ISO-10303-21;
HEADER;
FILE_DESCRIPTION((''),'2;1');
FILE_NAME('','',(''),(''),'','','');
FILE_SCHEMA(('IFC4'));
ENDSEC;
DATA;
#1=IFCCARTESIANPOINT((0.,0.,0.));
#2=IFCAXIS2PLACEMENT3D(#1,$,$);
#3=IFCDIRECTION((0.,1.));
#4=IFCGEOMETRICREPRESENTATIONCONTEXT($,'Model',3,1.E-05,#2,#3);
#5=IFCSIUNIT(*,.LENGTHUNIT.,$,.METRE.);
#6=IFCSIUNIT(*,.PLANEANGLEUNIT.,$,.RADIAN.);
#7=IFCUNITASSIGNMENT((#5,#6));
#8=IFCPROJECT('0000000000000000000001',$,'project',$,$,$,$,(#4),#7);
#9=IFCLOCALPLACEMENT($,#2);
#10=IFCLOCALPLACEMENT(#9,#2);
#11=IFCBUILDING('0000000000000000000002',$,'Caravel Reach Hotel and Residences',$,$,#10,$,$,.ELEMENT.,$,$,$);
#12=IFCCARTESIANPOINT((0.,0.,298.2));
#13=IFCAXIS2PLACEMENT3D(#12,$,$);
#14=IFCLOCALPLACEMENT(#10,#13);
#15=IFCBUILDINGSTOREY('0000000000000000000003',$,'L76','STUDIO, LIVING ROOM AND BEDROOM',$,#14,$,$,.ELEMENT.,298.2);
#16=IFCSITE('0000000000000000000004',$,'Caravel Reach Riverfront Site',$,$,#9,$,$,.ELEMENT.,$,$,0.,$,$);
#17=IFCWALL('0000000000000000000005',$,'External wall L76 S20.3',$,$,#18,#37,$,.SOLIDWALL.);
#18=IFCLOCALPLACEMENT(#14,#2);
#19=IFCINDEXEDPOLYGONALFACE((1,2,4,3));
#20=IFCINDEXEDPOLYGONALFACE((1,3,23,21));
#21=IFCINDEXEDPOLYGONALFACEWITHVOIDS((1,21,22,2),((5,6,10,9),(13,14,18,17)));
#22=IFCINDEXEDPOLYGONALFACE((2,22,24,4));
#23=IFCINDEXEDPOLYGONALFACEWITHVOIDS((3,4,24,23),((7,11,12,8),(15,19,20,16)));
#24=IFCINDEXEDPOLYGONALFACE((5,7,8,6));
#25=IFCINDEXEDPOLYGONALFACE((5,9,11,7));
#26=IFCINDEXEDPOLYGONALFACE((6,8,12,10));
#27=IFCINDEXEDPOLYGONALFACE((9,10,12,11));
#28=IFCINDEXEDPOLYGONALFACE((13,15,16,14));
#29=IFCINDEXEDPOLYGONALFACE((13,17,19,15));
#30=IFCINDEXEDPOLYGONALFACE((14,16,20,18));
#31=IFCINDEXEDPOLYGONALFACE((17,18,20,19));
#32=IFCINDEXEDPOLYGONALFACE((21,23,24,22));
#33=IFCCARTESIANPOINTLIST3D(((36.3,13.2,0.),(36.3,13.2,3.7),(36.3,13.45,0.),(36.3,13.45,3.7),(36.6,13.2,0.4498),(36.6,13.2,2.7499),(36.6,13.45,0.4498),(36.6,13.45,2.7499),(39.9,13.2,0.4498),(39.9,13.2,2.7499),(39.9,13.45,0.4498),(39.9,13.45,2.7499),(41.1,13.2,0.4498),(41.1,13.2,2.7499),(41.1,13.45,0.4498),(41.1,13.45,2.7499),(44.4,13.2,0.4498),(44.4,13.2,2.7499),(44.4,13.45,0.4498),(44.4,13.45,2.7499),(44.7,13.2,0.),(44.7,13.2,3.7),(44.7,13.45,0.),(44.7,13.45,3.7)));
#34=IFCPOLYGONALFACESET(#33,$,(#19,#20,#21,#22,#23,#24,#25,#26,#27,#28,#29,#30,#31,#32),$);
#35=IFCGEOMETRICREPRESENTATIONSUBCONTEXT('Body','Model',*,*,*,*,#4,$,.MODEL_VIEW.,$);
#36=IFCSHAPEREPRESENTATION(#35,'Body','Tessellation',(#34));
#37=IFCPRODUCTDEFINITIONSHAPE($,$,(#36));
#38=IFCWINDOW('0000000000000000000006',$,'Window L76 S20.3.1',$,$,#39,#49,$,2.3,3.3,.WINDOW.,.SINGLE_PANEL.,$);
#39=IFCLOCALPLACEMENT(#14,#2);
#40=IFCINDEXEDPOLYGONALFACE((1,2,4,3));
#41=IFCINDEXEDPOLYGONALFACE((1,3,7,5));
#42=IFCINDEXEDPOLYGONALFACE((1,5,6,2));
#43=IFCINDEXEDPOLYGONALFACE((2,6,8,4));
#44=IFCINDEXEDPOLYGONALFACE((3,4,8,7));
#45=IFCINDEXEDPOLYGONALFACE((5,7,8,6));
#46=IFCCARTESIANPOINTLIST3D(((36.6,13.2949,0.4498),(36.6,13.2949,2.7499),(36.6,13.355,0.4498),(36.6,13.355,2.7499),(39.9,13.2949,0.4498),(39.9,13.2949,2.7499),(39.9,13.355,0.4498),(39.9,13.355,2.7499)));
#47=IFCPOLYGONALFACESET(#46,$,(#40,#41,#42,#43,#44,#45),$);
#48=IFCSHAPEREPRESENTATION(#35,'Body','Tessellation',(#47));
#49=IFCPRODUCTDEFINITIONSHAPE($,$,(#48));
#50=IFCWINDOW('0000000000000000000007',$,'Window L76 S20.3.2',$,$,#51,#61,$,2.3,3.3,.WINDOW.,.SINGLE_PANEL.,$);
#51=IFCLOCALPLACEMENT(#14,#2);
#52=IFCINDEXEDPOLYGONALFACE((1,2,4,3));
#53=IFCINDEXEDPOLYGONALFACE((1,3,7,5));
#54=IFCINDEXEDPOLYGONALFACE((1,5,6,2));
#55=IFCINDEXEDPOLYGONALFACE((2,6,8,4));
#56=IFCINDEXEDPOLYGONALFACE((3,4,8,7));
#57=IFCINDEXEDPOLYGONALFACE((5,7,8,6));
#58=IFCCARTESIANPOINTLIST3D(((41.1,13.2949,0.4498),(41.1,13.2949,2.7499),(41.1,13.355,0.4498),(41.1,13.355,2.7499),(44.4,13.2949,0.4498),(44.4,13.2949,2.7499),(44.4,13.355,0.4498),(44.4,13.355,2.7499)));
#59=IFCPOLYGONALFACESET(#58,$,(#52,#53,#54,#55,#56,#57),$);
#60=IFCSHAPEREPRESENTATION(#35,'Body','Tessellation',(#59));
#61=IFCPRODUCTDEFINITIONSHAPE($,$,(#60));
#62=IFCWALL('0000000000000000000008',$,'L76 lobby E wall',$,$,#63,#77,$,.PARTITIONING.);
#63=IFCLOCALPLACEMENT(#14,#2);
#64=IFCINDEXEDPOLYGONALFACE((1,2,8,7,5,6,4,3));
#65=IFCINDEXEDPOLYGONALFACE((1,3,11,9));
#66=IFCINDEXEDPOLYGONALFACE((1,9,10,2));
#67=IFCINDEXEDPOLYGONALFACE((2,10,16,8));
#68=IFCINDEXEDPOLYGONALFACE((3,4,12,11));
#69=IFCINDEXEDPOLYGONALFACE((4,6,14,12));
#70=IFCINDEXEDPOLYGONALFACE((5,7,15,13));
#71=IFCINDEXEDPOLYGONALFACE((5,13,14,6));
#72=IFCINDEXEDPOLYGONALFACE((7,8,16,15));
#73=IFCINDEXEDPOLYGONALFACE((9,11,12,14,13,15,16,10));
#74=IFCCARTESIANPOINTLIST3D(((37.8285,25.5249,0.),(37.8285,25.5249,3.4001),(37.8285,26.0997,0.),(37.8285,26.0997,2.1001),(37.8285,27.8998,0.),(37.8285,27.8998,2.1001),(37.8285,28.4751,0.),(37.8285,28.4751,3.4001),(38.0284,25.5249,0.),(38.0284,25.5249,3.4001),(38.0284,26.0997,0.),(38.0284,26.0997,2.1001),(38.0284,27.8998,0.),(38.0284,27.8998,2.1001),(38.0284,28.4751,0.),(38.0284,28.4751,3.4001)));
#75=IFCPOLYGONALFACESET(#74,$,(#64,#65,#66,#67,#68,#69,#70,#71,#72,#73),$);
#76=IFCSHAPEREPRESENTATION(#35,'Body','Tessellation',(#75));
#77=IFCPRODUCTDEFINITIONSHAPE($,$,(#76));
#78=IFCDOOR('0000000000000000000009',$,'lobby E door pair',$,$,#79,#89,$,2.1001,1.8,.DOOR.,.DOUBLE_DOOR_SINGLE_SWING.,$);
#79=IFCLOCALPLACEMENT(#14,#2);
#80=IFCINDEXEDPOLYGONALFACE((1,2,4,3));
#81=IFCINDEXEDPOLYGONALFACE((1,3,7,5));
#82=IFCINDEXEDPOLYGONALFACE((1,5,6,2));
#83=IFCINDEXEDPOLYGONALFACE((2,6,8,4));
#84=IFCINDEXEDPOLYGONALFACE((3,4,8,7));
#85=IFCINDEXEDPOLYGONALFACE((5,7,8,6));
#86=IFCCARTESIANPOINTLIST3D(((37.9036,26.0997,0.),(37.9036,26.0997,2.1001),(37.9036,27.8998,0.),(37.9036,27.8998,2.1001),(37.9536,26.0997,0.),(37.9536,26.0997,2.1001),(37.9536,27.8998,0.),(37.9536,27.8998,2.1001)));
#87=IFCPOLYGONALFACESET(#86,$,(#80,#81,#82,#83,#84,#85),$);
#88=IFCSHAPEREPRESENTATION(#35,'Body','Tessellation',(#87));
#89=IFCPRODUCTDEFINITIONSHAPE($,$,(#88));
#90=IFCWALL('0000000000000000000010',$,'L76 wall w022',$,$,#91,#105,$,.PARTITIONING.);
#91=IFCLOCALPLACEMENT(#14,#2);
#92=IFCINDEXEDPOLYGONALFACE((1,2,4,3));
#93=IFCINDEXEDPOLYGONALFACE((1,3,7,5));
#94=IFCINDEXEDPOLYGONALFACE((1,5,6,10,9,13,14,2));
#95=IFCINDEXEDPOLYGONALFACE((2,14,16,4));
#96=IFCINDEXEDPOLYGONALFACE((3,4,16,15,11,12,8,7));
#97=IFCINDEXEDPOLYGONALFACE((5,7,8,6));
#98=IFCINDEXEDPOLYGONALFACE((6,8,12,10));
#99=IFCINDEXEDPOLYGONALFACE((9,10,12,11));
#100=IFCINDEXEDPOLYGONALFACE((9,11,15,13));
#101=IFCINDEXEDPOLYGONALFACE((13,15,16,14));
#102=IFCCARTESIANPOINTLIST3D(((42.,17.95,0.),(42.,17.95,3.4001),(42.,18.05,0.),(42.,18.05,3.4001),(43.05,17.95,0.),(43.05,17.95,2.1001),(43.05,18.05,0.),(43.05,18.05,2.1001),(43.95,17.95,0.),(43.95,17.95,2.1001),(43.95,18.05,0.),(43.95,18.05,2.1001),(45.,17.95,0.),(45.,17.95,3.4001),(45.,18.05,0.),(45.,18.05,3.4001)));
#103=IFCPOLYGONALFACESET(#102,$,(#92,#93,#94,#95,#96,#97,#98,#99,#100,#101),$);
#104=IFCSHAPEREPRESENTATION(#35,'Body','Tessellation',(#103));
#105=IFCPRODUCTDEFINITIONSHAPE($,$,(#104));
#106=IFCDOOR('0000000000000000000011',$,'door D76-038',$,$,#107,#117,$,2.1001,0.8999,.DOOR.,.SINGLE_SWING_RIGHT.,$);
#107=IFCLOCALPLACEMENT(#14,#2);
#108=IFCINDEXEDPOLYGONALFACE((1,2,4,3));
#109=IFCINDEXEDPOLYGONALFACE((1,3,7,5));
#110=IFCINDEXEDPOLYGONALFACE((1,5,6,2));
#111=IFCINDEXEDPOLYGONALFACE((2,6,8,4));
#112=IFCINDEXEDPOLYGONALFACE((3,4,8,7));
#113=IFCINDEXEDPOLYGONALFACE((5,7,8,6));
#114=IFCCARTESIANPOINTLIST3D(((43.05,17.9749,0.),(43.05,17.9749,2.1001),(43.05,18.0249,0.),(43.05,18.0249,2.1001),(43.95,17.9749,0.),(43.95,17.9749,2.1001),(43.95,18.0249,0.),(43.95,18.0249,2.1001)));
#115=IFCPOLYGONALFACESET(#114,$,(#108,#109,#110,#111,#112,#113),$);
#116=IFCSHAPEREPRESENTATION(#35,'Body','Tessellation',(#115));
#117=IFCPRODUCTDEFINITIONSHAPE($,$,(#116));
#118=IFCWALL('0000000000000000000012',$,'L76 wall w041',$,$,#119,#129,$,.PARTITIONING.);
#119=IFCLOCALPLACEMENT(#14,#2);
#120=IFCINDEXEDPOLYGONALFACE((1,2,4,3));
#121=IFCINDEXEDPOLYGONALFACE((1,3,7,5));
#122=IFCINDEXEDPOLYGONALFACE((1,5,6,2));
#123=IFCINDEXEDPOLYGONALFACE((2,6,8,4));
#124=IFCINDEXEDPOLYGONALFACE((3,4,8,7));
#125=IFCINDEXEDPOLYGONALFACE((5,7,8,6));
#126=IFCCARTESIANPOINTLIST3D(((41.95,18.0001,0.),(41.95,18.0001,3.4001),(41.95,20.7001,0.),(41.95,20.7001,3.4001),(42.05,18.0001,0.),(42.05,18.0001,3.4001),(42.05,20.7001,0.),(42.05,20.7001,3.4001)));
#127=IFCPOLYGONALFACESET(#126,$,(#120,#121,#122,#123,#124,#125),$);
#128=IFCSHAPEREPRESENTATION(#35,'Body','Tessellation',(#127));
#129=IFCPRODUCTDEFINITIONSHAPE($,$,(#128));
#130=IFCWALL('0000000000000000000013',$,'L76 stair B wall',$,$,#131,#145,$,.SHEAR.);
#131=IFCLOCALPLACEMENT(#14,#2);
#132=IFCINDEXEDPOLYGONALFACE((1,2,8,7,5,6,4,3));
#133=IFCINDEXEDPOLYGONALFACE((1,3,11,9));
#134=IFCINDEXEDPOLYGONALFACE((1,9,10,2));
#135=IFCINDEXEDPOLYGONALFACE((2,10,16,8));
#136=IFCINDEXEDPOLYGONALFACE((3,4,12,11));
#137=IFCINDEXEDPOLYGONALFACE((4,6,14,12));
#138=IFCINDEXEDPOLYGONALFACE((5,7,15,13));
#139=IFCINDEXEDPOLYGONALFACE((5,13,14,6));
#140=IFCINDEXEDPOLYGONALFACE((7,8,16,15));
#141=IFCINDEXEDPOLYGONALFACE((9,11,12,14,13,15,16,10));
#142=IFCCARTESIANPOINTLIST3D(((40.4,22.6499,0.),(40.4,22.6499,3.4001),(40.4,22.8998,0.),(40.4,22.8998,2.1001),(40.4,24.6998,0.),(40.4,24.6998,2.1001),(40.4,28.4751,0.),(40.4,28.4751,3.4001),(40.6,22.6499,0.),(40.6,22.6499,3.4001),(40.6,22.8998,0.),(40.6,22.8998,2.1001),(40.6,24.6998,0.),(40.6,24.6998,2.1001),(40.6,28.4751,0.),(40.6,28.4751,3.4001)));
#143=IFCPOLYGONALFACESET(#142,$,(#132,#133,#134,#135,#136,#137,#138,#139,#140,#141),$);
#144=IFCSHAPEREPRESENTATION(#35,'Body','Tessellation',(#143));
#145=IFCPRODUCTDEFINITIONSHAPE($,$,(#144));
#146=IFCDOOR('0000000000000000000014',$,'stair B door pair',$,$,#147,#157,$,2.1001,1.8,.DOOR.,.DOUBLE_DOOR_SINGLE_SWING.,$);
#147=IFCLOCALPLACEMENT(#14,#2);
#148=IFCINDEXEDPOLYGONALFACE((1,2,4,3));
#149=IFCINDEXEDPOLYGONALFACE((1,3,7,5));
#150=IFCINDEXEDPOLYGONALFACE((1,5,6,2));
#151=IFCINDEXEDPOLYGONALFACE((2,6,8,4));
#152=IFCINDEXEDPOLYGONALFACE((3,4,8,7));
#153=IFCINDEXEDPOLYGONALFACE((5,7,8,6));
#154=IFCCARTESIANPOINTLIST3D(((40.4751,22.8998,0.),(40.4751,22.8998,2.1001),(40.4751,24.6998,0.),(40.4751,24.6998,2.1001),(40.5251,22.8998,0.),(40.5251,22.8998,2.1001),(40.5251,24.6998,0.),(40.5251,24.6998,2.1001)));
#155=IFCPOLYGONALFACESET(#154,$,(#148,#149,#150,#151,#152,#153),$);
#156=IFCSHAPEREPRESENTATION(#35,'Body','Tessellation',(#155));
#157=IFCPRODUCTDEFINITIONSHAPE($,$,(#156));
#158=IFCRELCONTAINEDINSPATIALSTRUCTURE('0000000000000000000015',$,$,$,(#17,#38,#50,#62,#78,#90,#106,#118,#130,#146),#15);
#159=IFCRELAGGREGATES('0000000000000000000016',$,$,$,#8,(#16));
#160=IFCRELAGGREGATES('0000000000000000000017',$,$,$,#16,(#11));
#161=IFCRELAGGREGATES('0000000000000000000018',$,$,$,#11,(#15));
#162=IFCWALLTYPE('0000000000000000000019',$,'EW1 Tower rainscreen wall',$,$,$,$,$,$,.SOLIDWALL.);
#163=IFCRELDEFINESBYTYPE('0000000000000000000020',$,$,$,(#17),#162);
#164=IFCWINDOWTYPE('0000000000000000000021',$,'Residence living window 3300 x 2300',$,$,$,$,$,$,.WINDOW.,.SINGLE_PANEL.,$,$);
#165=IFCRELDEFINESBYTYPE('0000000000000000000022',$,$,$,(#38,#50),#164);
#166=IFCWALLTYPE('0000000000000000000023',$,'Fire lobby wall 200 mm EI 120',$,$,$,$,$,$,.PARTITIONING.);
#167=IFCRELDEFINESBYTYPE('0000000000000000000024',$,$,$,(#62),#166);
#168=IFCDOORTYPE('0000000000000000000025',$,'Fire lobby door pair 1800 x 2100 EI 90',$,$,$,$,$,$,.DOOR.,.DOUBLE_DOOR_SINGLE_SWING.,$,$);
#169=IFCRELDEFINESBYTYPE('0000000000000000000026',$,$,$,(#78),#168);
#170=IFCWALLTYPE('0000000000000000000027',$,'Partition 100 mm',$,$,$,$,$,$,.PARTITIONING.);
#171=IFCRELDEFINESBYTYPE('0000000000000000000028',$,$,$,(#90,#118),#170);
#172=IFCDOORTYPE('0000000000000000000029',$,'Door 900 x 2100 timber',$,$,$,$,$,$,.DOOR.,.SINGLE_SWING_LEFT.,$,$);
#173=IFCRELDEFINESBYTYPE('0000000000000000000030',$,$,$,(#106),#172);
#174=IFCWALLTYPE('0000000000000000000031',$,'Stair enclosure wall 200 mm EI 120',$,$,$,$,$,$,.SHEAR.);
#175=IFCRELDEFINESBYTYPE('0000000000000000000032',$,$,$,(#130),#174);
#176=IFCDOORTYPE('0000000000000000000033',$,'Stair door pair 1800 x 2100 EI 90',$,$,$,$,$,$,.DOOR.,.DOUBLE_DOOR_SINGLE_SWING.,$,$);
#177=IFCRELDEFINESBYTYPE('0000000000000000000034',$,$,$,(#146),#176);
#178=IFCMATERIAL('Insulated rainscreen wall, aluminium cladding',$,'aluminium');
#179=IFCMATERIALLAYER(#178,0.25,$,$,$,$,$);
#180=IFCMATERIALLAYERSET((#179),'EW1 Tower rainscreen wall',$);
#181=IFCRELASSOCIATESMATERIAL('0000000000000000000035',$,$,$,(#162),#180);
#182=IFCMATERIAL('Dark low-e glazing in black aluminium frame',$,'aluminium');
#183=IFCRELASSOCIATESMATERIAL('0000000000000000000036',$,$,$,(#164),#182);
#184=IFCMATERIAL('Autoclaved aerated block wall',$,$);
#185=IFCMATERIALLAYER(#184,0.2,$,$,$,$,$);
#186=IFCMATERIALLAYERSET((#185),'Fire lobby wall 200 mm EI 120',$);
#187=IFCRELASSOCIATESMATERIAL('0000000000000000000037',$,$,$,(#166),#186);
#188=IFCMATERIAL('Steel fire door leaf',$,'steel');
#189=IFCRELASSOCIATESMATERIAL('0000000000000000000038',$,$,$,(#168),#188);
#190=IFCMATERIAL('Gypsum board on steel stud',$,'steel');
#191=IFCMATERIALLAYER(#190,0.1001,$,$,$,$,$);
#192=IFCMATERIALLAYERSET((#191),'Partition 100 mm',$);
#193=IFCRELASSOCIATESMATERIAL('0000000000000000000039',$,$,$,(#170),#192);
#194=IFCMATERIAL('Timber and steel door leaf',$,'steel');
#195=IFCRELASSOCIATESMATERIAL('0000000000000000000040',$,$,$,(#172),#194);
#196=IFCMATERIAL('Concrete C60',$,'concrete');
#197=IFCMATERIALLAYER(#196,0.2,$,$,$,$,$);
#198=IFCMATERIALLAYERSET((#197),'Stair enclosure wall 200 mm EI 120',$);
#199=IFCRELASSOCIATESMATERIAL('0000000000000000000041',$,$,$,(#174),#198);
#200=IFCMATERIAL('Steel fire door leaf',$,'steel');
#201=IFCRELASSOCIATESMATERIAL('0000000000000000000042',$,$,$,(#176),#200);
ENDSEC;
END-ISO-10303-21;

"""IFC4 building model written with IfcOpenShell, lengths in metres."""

from ifc_helpers import new_model, si_unit, direction, frame, frame_2d, origin, place, context, subcontext, project, spatial, rectangle, extrude, material, layer, layer_set, type_object, element, fill, save


model = new_model("IFC4")

# Units and contexts
model_context = context("Model", 3, precision=1e-05, world=origin(), true_north=direction((0.0, 1.0)))
body_context = subcontext(model_context, "Body", "Model", "MODEL_VIEW")
ifc_project = project(units=[si_unit("LENGTHUNIT", "METRE"), si_unit("PLANEANGLEUNIT", "RADIAN")], contexts=[model_context])

# Site, building, storey
site_placement = place(None, origin())
site = spatial("IfcSite", under=ifc_project, at=site_placement, Name="Caravel Reach Riverfront Site", CompositionType="ELEMENT", RefElevation=0.0)
building_placement = place(site_placement, origin())
building = spatial("IfcBuilding", under=site, at=building_placement, Name="Caravel Reach Hotel and Residences", CompositionType="ELEMENT")
storey_placement = place(building_placement, frame((0.0, 0.0, 298.2)))
storey = spatial("IfcBuildingStorey", under=building, at=storey_placement, Name="L76", Description="STUDIO, LIVING ROOM AND BEDROOM", CompositionType="ELEMENT", Elevation=298.2)

# Wall, openings, windows
ifc_material_1 = material(Name="Insulated rainscreen wall, aluminium cladding", Category="aluminium")
ifc_layer_1 = layer(ifc_material_1, 0.25)
ifc_layer_set_1 = layer_set([ifc_layer_1], Name="EW1 Tower rainscreen wall")
wall_type_1 = type_object("IfcWallType", Name="EW1 Tower rainscreen wall", PredefinedType="SOLIDWALL", material=ifc_layer_set_1)
wall_1_placement = place(storey_placement, frame((36.3, 13.325, 0.0), z_axis=(0.0, 0.0, 1.0), x_axis=(1.0, 0.0, 0.0)))
wall_1 = element("IfcWall", 1, at=wall_1_placement, inside=storey, type_object=wall_type_1, Name="External wall L76 S20.3", PredefinedType="SOLIDWALL", context=body_context, shape_type="SweptSolid", body=[
    extrude(rectangle(XDim=8.3999, YDim=0.25, at=frame_2d((4.2, 0.0))), origin(), (0.0, 0.0, 1.0), 3.7),
])
opening_1_placement = place(wall_1_placement, frame((0.3, 0.0, 0.45)))
opening_1 = element("IfcOpeningElement", 2, at=opening_1_placement, cuts=wall_1, PredefinedType="OPENING", context=body_context, shape_type="SweptSolid", body=[
    extrude(rectangle(XDim=3.3, YDim=2.3, at=frame_2d((1.6499, 1.1499))), frame((0.0, 0.135, 0.0), z_axis=(0.0, -1.0, 0.0), x_axis=(1.0, 0.0, 0.0)), (0.0, 0.0, 1.0), 0.27),
])
opening_2_placement = place(wall_1_placement, frame((4.8, 0.0, 0.45)))
opening_2 = element("IfcOpeningElement", 3, at=opening_2_placement, cuts=wall_1, PredefinedType="OPENING", context=body_context, shape_type="SweptSolid", body=[
    extrude(rectangle(XDim=3.3, YDim=2.3, at=frame_2d((1.6499, 1.1499))), frame((0.0, 0.135, 0.0), z_axis=(0.0, -1.0, 0.0), x_axis=(1.0, 0.0, 0.0)), (0.0, 0.0, 1.0), 0.27),
])
ifc_material_2 = material(Name="Dark low-e glazing in black aluminium frame", Category="aluminium")
window_type = type_object("IfcWindowType", Name="Residence living window 3300 x 2300", PartitioningType="SINGLE_PANEL", PredefinedType="WINDOW", material=ifc_material_2)
window_1_placement = place(opening_1_placement, origin())
window_1 = element("IfcWindow", 4, at=window_1_placement, inside=storey, type_object=window_type, Name="Window L76 S20.3.1", OverallHeight=2.3, OverallWidth=3.3, PartitioningType="SINGLE_PANEL", PredefinedType="WINDOW", context=body_context, shape_type="SweptSolid", body=[
    extrude(rectangle(XDim=3.3, YDim=2.3, at=frame_2d((1.6499, 1.1499))), frame((0.0, 0.03, 0.0), z_axis=(0.0, -1.0, 0.0), x_axis=(1.0, 0.0, 0.0)), (0.0, 0.0, 1.0), 0.0601),
])
fill(opening_1, window_1)
window_2_placement = place(opening_2_placement, origin())
window_2 = element("IfcWindow", 5, at=window_2_placement, inside=storey, type_object=window_type, Name="Window L76 S20.3.2", OverallHeight=2.3, OverallWidth=3.3, PartitioningType="SINGLE_PANEL", PredefinedType="WINDOW", context=body_context, shape_type="SweptSolid", body=[
    extrude(rectangle(XDim=3.3, YDim=2.3, at=frame_2d((1.6499, 1.1499))), frame((0.0, 0.03, 0.0), z_axis=(0.0, -1.0, 0.0), x_axis=(1.0, 0.0, 0.0)), (0.0, 0.0, 1.0), 0.0601),
])
fill(opening_2, window_2)

# Walls, openings, doors
ifc_material_3 = material(Name="Autoclaved aerated block wall")
ifc_layer_2 = layer(ifc_material_3, 0.2)
ifc_layer_set_2 = layer_set([ifc_layer_2], Name="Fire lobby wall 200 mm EI 120")
wall_type_2 = type_object("IfcWallType", Name="Fire lobby wall 200 mm EI 120", PredefinedType="PARTITIONING", material=ifc_layer_set_2)
wall_2_placement = place(storey_placement, frame((37.9285, 25.5249, 0.0), z_axis=(0.0, 0.0, 1.0), x_axis=(0.0, 1.0, 0.0)))
wall_2 = element("IfcWall", 6, at=wall_2_placement, inside=storey, type_object=wall_type_2, Name="L76 lobby E wall", PredefinedType="PARTITIONING", context=body_context, shape_type="SweptSolid", body=[
    extrude(rectangle(XDim=2.9502, YDim=0.2, at=frame_2d((1.4751, 0.0))), origin(), (0.0, 0.0, 1.0), 3.4001),
])
opening_3_placement = place(wall_2_placement, frame((0.575, 0.0, 0.0)))
opening_3 = element("IfcOpeningElement", 7, at=opening_3_placement, cuts=wall_2, PredefinedType="OPENING", context=body_context, shape_type="SweptSolid", body=[
    extrude(rectangle(XDim=1.8, YDim=2.1001, at=frame_2d((0.8999, 1.05))), frame((0.0, 0.1099, 0.0), z_axis=(0.0, -1.0, 0.0), x_axis=(1.0, 0.0, 0.0)), (0.0, 0.0, 1.0), 0.22),
])
ifc_material_4 = material(Name="Steel fire door leaf", Category="steel")
door_type_1 = type_object("IfcDoorType", Name="Fire lobby door pair 1800 x 2100 EI 90", OperationType="DOUBLE_DOOR_SINGLE_SWING", PredefinedType="DOOR", material=ifc_material_4)
door_1_placement = place(opening_3_placement, origin())
door_1 = element("IfcDoor", 8, at=door_1_placement, inside=storey, type_object=door_type_1, Name="lobby E door pair", OperationType="DOUBLE_DOOR_SINGLE_SWING", OverallHeight=2.1001, OverallWidth=1.8, PredefinedType="DOOR", context=body_context, shape_type="SweptSolid", body=[
    extrude(rectangle(XDim=1.8, YDim=2.1001, at=frame_2d((0.8999, 1.05))), frame((0.0, 0.0249, 0.0), z_axis=(0.0, -1.0, 0.0), x_axis=(1.0, 0.0, 0.0)), (0.0, 0.0, 1.0), 0.05),
])
fill(opening_3, door_1)
ifc_material_5 = material(Name="Gypsum board on steel stud", Category="steel")
ifc_layer_3 = layer(ifc_material_5, 0.1001)
ifc_layer_set_3 = layer_set([ifc_layer_3], Name="Partition 100 mm")
wall_type_3 = type_object("IfcWallType", Name="Partition 100 mm", PredefinedType="PARTITIONING", material=ifc_layer_set_3)
wall_3_placement = place(storey_placement, frame((42.0, 18.0, 0.0), z_axis=(0.0, 0.0, 1.0), x_axis=(1.0, 0.0, 0.0)))
wall_3 = element("IfcWall", 9, at=wall_3_placement, inside=storey, type_object=wall_type_3, Name="L76 wall w022", PredefinedType="PARTITIONING", context=body_context, shape_type="SweptSolid", body=[
    extrude(rectangle(XDim=3.0, YDim=0.1001, at=frame_2d((1.5, 0.0))), origin(), (0.0, 0.0, 1.0), 3.4001),
])
opening_4_placement = place(wall_3_placement, frame((1.05, 0.0, 0.0)))
opening_4 = element("IfcOpeningElement", 10, at=opening_4_placement, cuts=wall_3, PredefinedType="OPENING", context=body_context, shape_type="SweptSolid", body=[
    extrude(rectangle(XDim=0.8999, YDim=2.1001, at=frame_2d((0.45, 1.05))), frame((0.0, 0.0601, 0.0), z_axis=(0.0, -1.0, 0.0), x_axis=(1.0, 0.0, 0.0)), (0.0, 0.0, 1.0), 0.1201),
])
ifc_material_6 = material(Name="Timber and steel door leaf", Category="steel")
door_type_2 = type_object("IfcDoorType", Name="Door 900 x 2100 timber", OperationType="SINGLE_SWING_LEFT", PredefinedType="DOOR", material=ifc_material_6)
door_2_placement = place(opening_4_placement, origin())
door_2 = element("IfcDoor", 11, at=door_2_placement, inside=storey, type_object=door_type_2, Name="door D76-038", OperationType="SINGLE_SWING_RIGHT", OverallHeight=2.1001, OverallWidth=0.8999, PredefinedType="DOOR", context=body_context, shape_type="SweptSolid", body=[
    extrude(rectangle(XDim=0.8999, YDim=2.1001, at=frame_2d((0.45, 1.05))), frame((0.0, 0.0249, 0.0), z_axis=(0.0, -1.0, 0.0), x_axis=(1.0, 0.0, 0.0)), (0.0, 0.0, 1.0), 0.05),
])
fill(opening_4, door_2)

# Wall
wall_4_placement = place(storey_placement, frame((42.0, 18.0, 0.0), z_axis=(0.0, 0.0, 1.0), x_axis=(0.0, 1.0, 0.0)))
element("IfcWall", 12, at=wall_4_placement, inside=storey, type_object=wall_type_3, Name="L76 wall w041", PredefinedType="PARTITIONING", context=body_context, shape_type="SweptSolid", body=[
    extrude(rectangle(XDim=2.7, YDim=0.1001, at=frame_2d((1.3501, 0.0))), origin(), (0.0, 0.0, 1.0), 3.4001),
])

# Wall, opening, door
ifc_material_7 = material(Name="Concrete C60", Category="concrete")
ifc_layer_4 = layer(ifc_material_7, 0.2)
ifc_layer_set_4 = layer_set([ifc_layer_4], Name="Stair enclosure wall 200 mm EI 120")
wall_type_4 = type_object("IfcWallType", Name="Stair enclosure wall 200 mm EI 120", PredefinedType="SHEAR", material=ifc_layer_set_4)
wall_5_placement = place(storey_placement, frame((40.5, 22.6499, 0.0), z_axis=(0.0, 0.0, 1.0), x_axis=(0.0, 1.0, 0.0)))
wall_5 = element("IfcWall", 13, at=wall_5_placement, inside=storey, type_object=wall_type_4, Name="L76 stair B wall", PredefinedType="SHEAR", context=body_context, shape_type="SweptSolid", body=[
    extrude(rectangle(XDim=5.8252, YDim=0.2, at=frame_2d((2.9126, 0.0))), origin(), (0.0, 0.0, 1.0), 3.4001),
])
opening_5_placement = place(wall_5_placement, frame((0.25, 0.0, 0.0)))
opening_5 = element("IfcOpeningElement", 14, at=opening_5_placement, cuts=wall_5, PredefinedType="OPENING", context=body_context, shape_type="SweptSolid", body=[
    extrude(rectangle(XDim=1.8, YDim=2.1001, at=frame_2d((0.8999, 1.05))), frame((0.0, 0.1099, 0.0), z_axis=(0.0, -1.0, 0.0), x_axis=(1.0, 0.0, 0.0)), (0.0, 0.0, 1.0), 0.22),
])
ifc_material_8 = material(Name="Steel fire door leaf", Category="steel")
door_type_3 = type_object("IfcDoorType", Name="Stair door pair 1800 x 2100 EI 90", OperationType="DOUBLE_DOOR_SINGLE_SWING", PredefinedType="DOOR", material=ifc_material_8)
door_3_placement = place(opening_5_placement, origin())
door_3 = element("IfcDoor", 15, at=door_3_placement, inside=storey, type_object=door_type_3, Name="stair B door pair", OperationType="DOUBLE_DOOR_SINGLE_SWING", OverallHeight=2.1001, OverallWidth=1.8, PredefinedType="DOOR", context=body_context, shape_type="SweptSolid", body=[
    extrude(rectangle(XDim=1.8, YDim=2.1001, at=frame_2d((0.8999, 1.05))), frame((0.0, 0.0249, 0.0), z_axis=(0.0, -1.0, 0.0), x_axis=(1.0, 0.0, 0.0)), (0.0, 0.0, 1.0), 0.05),
])
fill(opening_5, door_3)

save(model, "model.ifc")
